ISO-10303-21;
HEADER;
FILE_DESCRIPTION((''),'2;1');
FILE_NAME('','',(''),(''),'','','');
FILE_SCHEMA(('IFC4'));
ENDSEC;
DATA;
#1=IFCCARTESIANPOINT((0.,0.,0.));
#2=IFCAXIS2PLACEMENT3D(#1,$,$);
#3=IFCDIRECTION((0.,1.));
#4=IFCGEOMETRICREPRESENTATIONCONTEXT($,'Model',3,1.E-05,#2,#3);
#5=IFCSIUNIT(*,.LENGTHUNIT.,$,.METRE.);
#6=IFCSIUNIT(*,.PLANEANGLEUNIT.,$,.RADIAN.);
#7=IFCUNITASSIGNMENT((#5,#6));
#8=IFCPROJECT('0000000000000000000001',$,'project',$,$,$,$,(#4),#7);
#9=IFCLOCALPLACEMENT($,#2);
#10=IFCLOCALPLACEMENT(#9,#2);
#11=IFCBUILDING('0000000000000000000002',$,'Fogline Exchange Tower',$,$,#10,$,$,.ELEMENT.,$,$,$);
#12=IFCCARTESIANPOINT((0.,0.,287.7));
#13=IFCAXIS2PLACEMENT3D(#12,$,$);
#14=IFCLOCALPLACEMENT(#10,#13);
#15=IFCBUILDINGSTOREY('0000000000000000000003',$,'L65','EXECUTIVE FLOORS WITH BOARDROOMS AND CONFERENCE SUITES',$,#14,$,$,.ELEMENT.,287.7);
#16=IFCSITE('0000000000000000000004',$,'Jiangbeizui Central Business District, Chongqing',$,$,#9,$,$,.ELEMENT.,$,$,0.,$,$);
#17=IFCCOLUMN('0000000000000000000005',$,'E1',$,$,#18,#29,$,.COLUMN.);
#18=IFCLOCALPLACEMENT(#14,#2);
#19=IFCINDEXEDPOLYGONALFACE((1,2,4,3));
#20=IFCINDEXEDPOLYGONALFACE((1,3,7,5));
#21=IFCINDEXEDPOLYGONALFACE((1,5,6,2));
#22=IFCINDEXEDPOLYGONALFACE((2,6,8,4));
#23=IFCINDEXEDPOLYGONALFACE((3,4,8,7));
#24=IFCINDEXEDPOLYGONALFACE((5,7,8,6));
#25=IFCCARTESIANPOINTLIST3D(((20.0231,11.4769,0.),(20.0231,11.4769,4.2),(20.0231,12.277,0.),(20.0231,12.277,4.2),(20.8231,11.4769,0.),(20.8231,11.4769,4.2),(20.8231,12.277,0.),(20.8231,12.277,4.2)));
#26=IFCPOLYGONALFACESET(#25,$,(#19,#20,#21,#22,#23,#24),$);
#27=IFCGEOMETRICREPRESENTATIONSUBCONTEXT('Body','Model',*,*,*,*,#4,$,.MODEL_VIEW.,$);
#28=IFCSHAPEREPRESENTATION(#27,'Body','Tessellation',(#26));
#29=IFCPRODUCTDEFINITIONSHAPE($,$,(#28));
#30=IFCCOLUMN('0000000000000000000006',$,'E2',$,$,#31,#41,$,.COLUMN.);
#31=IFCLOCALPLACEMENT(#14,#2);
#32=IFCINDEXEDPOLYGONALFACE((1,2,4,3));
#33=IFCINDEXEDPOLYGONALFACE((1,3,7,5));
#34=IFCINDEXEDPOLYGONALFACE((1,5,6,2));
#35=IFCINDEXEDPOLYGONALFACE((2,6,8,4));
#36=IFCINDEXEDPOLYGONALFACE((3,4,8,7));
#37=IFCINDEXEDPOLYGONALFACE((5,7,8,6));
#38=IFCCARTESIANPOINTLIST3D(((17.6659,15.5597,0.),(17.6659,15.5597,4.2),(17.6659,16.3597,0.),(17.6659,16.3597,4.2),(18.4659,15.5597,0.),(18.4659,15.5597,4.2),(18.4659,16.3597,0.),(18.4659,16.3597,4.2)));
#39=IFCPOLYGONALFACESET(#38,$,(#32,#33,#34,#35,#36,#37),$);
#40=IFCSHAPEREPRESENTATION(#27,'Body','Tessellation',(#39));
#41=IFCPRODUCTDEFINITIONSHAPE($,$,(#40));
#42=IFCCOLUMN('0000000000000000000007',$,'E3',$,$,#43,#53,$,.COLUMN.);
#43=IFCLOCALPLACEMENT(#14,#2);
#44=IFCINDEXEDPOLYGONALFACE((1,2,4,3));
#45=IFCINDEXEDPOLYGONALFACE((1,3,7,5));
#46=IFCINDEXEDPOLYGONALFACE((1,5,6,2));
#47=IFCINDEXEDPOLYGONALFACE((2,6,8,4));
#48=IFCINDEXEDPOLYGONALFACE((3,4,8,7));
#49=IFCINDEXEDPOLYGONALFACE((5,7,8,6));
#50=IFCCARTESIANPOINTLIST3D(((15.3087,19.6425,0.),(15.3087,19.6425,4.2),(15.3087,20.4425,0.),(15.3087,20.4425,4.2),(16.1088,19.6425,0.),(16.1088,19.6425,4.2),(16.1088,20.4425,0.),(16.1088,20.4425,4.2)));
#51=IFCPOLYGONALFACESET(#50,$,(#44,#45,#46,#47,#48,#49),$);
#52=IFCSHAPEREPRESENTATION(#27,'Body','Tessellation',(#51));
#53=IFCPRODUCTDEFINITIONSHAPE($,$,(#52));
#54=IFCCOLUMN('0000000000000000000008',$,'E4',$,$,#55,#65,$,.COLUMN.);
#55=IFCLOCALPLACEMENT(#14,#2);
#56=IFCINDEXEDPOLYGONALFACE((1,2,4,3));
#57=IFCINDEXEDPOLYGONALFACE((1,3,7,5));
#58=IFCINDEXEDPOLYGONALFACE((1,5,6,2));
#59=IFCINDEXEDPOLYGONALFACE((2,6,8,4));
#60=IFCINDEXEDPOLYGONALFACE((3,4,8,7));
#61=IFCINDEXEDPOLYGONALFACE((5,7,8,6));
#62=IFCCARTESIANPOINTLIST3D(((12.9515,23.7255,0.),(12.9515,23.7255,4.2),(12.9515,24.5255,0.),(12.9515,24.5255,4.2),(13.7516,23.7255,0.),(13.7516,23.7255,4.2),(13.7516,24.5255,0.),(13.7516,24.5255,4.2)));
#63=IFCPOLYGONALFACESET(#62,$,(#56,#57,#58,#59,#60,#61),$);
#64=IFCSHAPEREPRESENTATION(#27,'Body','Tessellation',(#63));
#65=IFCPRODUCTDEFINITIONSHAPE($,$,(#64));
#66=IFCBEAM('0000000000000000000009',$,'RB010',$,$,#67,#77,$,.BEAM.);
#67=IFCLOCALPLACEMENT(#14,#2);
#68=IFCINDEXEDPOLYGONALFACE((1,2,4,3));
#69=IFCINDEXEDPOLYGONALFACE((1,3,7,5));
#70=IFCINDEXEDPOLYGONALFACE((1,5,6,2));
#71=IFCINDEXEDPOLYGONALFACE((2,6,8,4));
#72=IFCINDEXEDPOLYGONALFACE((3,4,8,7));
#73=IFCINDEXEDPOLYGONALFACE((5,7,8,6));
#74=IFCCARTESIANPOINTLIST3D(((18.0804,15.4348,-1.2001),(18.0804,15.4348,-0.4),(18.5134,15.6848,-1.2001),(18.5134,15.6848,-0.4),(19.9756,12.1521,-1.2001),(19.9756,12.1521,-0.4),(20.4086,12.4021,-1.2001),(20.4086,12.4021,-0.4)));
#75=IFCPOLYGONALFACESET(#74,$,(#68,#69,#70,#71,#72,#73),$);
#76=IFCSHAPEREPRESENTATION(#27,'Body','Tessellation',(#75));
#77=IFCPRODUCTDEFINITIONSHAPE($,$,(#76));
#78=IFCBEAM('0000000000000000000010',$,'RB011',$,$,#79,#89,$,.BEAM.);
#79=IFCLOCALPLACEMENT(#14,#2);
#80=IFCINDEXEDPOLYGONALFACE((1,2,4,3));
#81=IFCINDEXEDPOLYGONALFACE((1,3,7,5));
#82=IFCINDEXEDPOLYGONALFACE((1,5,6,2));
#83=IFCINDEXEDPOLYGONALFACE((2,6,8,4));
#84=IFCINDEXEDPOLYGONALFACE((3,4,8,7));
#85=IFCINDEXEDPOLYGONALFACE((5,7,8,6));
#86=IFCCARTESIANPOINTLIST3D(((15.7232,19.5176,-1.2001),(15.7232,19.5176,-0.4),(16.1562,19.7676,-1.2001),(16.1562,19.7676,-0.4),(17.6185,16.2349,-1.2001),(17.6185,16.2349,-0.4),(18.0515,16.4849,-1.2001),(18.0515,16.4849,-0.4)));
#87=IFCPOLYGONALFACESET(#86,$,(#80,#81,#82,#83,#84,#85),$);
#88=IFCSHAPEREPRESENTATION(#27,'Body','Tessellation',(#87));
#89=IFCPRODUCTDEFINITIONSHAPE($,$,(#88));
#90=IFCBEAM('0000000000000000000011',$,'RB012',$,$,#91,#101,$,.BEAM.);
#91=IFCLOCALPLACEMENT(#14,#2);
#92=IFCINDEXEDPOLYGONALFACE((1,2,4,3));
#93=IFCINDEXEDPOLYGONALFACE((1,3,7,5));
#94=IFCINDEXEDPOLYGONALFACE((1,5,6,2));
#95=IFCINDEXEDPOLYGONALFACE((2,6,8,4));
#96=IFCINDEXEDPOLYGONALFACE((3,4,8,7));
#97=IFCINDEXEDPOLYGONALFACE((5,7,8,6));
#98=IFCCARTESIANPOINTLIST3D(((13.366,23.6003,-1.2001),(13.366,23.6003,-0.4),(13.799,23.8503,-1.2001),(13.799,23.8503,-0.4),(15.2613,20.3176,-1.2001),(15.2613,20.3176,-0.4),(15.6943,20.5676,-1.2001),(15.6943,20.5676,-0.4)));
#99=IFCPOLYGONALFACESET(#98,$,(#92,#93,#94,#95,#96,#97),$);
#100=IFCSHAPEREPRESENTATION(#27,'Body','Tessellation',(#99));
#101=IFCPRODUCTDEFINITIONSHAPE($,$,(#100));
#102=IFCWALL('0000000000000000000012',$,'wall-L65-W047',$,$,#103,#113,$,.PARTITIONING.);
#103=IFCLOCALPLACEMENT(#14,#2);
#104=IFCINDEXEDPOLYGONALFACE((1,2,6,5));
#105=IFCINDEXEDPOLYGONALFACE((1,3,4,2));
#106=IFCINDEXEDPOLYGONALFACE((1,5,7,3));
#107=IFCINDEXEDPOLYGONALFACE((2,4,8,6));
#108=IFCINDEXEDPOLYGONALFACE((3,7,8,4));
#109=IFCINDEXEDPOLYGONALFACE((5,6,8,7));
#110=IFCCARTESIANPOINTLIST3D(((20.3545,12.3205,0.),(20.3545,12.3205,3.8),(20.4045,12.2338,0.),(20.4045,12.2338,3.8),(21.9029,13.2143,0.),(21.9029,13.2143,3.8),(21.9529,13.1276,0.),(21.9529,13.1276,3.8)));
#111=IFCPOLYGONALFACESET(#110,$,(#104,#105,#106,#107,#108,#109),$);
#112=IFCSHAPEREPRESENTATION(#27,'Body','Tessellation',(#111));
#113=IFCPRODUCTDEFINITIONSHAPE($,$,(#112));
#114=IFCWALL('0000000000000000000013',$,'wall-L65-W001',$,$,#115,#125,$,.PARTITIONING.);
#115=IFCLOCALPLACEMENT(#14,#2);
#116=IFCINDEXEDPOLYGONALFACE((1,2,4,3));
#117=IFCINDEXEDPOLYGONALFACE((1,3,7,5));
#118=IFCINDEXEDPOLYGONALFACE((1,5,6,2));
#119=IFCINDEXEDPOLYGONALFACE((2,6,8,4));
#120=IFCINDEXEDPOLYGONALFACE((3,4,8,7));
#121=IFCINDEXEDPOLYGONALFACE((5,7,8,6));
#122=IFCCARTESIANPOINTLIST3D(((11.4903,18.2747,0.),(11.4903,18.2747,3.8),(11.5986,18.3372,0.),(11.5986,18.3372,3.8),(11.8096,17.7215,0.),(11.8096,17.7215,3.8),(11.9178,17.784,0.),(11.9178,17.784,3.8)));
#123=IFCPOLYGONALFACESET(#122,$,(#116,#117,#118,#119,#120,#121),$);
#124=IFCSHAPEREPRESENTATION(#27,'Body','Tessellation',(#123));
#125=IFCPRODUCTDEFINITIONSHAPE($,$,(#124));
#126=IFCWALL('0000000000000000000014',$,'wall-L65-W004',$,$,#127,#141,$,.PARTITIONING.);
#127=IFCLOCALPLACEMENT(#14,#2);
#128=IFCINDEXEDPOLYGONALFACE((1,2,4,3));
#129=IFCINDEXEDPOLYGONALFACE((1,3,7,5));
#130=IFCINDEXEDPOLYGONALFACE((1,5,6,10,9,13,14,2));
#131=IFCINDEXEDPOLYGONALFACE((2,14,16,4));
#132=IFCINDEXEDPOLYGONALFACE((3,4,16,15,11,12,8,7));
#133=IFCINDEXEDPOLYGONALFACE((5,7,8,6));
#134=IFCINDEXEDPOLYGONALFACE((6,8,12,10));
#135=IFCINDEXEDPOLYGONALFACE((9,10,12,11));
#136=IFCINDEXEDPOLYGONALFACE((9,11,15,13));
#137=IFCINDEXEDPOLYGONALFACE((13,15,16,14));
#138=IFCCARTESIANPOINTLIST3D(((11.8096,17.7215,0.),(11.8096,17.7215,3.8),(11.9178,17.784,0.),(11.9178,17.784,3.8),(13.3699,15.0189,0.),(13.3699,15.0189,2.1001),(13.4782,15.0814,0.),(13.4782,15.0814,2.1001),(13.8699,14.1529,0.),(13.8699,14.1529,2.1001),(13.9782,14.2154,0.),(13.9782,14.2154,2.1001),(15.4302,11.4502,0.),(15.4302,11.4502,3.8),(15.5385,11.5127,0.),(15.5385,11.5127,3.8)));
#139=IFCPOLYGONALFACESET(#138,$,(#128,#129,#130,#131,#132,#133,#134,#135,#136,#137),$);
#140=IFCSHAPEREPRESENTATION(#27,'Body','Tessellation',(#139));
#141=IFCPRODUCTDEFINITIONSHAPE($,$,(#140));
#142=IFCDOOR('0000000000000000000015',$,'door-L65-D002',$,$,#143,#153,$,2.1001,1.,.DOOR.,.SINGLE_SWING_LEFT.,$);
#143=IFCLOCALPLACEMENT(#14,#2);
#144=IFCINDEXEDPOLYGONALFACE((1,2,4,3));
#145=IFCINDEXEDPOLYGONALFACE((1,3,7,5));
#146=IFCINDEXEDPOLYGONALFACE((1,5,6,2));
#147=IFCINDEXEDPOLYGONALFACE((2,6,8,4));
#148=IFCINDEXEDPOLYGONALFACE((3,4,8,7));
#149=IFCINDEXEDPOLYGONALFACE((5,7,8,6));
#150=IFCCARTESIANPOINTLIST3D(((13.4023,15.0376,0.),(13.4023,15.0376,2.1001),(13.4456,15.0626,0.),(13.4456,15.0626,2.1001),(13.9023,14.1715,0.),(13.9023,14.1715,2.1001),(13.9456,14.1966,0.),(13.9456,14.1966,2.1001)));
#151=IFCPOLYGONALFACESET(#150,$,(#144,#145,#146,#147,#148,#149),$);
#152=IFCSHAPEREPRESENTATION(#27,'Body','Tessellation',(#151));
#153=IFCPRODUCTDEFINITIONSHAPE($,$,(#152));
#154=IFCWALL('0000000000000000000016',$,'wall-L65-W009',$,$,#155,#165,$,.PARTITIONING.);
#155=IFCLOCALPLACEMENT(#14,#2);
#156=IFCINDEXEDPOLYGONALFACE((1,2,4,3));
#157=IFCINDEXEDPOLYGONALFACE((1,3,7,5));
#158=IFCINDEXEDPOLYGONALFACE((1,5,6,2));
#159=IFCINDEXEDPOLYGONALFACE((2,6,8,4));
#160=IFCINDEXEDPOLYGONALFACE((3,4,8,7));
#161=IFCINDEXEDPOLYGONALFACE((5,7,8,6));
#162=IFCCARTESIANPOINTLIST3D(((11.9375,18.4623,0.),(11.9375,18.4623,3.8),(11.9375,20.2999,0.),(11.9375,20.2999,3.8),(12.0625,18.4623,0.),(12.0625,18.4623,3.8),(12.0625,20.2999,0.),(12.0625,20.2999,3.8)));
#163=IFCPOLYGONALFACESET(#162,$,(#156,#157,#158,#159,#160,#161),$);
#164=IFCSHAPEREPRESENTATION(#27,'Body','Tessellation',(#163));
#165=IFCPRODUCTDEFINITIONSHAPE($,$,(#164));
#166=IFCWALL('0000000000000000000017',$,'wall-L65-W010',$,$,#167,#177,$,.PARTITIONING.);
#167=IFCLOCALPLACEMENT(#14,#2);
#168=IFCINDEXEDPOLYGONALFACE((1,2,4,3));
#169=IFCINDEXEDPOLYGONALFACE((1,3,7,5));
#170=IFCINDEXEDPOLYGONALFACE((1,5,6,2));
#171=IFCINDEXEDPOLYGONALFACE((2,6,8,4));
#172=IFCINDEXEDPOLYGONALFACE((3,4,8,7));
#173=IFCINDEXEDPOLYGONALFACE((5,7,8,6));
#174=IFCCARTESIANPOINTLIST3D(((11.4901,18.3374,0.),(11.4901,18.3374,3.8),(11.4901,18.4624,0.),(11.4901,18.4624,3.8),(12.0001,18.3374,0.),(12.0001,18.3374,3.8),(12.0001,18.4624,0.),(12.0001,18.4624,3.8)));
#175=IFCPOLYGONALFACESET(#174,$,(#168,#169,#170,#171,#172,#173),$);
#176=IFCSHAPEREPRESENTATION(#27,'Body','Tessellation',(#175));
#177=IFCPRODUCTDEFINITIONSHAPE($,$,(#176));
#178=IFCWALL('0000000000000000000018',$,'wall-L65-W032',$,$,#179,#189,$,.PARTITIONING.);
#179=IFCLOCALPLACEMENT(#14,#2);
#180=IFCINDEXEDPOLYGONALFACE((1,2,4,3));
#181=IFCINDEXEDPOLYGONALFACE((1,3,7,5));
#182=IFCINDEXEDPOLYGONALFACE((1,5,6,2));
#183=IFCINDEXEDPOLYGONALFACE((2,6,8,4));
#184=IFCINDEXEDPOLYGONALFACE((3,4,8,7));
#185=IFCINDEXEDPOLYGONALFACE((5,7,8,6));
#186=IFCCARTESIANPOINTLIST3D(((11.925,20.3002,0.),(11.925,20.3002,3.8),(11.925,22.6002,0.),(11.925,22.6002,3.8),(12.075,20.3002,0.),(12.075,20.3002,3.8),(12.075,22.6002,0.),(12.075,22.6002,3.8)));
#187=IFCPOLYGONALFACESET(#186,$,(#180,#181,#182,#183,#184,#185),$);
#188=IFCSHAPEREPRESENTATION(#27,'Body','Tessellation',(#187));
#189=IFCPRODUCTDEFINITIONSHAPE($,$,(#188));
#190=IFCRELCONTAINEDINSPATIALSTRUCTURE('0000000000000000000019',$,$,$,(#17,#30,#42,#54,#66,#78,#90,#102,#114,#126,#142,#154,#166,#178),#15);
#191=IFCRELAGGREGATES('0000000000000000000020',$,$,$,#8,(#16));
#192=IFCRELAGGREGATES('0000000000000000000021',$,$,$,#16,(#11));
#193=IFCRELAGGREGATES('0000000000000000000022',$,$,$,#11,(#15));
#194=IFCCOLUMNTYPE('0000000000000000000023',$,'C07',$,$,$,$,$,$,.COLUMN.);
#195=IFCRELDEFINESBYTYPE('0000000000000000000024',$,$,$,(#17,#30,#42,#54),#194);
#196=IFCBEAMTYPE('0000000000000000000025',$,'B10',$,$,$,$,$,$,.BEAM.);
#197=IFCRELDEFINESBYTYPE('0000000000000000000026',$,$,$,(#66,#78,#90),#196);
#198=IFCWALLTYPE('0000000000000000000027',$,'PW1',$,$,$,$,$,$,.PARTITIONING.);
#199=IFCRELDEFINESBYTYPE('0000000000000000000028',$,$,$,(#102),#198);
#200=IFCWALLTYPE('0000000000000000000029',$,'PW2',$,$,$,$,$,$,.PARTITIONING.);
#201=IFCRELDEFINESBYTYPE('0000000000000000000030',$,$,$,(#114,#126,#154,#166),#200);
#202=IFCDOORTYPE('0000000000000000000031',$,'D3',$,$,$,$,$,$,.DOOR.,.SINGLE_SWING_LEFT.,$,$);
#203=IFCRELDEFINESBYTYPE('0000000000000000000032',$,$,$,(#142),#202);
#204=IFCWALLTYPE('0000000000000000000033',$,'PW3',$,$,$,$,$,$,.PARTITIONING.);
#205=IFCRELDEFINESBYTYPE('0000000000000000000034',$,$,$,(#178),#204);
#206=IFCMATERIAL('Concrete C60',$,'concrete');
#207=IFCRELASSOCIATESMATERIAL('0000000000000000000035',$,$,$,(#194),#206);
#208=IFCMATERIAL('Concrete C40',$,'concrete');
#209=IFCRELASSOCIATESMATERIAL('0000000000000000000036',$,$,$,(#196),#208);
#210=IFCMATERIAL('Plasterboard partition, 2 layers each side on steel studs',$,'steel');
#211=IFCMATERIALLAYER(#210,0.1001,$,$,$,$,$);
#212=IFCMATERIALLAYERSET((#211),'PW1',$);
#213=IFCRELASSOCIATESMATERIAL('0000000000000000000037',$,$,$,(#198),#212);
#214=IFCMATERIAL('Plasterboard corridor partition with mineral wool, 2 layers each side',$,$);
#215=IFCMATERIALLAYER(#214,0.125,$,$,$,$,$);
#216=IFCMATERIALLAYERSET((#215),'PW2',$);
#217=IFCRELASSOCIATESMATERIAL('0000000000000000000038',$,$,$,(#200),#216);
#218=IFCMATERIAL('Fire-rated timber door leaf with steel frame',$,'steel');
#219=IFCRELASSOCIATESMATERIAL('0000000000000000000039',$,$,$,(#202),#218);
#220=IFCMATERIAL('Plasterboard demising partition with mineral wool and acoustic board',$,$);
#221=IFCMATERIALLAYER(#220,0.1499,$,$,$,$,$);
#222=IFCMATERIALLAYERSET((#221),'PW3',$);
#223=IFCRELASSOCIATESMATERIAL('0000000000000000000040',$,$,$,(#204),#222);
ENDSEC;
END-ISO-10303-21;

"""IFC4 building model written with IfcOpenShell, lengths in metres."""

from ifc_helpers import new_model, si_unit, direction, frame, frame_2d, origin, origin_2d, place, context, subcontext, project, spatial, rectangle, extrude, material, layer, layer_set, material_profile, profile_set, type_object, element, fill, save


model = new_model("IFC4")

# Units and contexts
model_context = context("Model", 3, precision=1e-05, world=origin(), true_north=direction((0.0, 1.0)))
body_context = subcontext(model_context, "Body", "Model", "MODEL_VIEW")
ifc_project = project(units=[si_unit("LENGTHUNIT", "METRE"), si_unit("PLANEANGLEUNIT", "RADIAN")], contexts=[model_context])

# Site, building, storey
site_placement = place(None, origin())
site = spatial("IfcSite", under=ifc_project, at=site_placement, Name="Jiangbeizui Central Business District, Chongqing", CompositionType="ELEMENT", RefElevation=0.0)
building_placement = place(site_placement, origin())
building = spatial("IfcBuilding", under=site, at=building_placement, Name="Fogline Exchange Tower", CompositionType="ELEMENT")
storey_placement = place(building_placement, frame((0.0, 0.0, 287.7)))
storey = spatial("IfcBuildingStorey", under=building, at=storey_placement, Name="L65", Description="EXECUTIVE FLOORS WITH BOARDROOMS AND CONFERENCE SUITES", CompositionType="ELEMENT", Elevation=287.7)

# Columns
ifc_material_1 = material(Name="Concrete C60", Category="concrete")
ifc_material_profile_1 = material_profile(ifc_material_1, rectangle(XDim=0.8, YDim=0.8, at=origin_2d()), Name="RC 800x800")
ifc_profile_set_1 = profile_set([ifc_material_profile_1], Name="Concrete C60")
column_type = type_object("IfcColumnType", Name="C07", PredefinedType="COLUMN", material=ifc_profile_set_1)
for number, where, z_axis, x_axis, name in (
    (1, (20.4231, 11.877, 0.0), (0.0, 0.0, 1.0), (1.0, 0.0, 0.0), "E1"),
    (2, (18.0659, 15.9597, 0.0), (0.0, 0.0, 1.0), (1.0, 0.0, 0.0), "E2"),
    (3, (15.7087, 20.0425, 0.0), (0.0, 0.0, 1.0), (1.0, 0.0, 0.0), "E3"),
    (4, (13.3516, 24.1255, 0.0), (0.0, 0.0, 1.0), (1.0, 0.0, 0.0), "E4"),
):
    element("IfcColumn", number, at=place(storey_placement, frame(where, z_axis=z_axis, x_axis=x_axis)), inside=storey, type_object=column_type, Name=name, PredefinedType="COLUMN", context=body_context, shape_type="SweptSolid", body=[
        extrude(rectangle(XDim=0.8, YDim=0.8, at=origin_2d()), origin(), (0.0, 0.0, 1.0), 4.2),
    ])

# Beams
ifc_material_2 = material(Name="Concrete C40", Category="concrete")
ifc_material_profile_2 = material_profile(ifc_material_2, rectangle(XDim=0.5, YDim=0.8, at=origin_2d()), Name="RC 500x800")
ifc_profile_set_2 = profile_set([ifc_material_profile_2], Name="Concrete C40")
beam_type = type_object("IfcBeamType", Name="B10", PredefinedType="BEAM", material=ifc_profile_set_2)
for number, where, z_axis, x_axis, name in (
    (5, (20.1921, 12.2771, -0.8), (-0.499998, 0.866027, 0.0), (-0.866027, -0.499998, 0.0), "RB010"),
    (6, (17.835, 16.3599, -0.8), (-0.499998, 0.866027, 0.0), (-0.866027, -0.499998, 0.0), "RB011"),
    (7, (15.4778, 20.4426, -0.8), (-0.499998, 0.866027, 0.0), (-0.866027, -0.499998, 0.0), "RB012"),
):
    element("IfcBeam", number, at=place(storey_placement, frame(where, z_axis=z_axis, x_axis=x_axis)), inside=storey, type_object=beam_type, Name=name, PredefinedType="BEAM", context=body_context, shape_type="SweptSolid", body=[
        extrude(rectangle(XDim=0.5, YDim=0.8, at=origin_2d()), origin(), (0.0, 0.0, 1.0), 3.7905),
    ])

# Walls
ifc_material_3 = material(Name="Plasterboard partition, 2 layers each side on steel studs", Category="steel")
ifc_layer_1 = layer(ifc_material_3, 0.1001)
ifc_layer_set_1 = layer_set([ifc_layer_1], Name="PW1")
wall_type_1 = type_object("IfcWallType", Name="PW1", PredefinedType="PARTITIONING", material=ifc_layer_set_1)
wall_1_placement = place(storey_placement, frame((20.3794, 12.2771, 0.0), z_axis=(0.0, 0.0, 1.0), x_axis=(0.866058, 0.499943, 0.0)))
element("IfcWall", 8, at=wall_1_placement, inside=storey, type_object=wall_type_1, Name="wall-L65-W047", PredefinedType="PARTITIONING", context=body_context, shape_type="SweptSolid", body=[
    extrude(rectangle(XDim=1.7878, YDim=0.1001, at=frame_2d((0.894, 0.0))), origin(), (0.0, 0.0, 1.0), 3.8),
])
ifc_material_4 = material(Name="Plasterboard corridor partition with mineral wool, 2 layers each side")
ifc_layer_2 = layer(ifc_material_4, 0.125)
ifc_layer_set_2 = layer_set([ifc_layer_2], Name="PW2")
wall_type_2 = type_object("IfcWallType", Name="PW2", PredefinedType="PARTITIONING", material=ifc_layer_set_2)
wall_2_placement = place(storey_placement, frame((11.5444, 18.3059, 0.0), z_axis=(0.0, 0.0, 1.0), x_axis=(0.499921, -0.866071, 0.0)))
element("IfcWall", 9, at=wall_2_placement, inside=storey, type_object=wall_type_2, Name="wall-L65-W001", PredefinedType="PARTITIONING", context=body_context, shape_type="SweptSolid", body=[
    extrude(rectangle(XDim=0.6387, YDim=0.125, at=frame_2d((0.3193, 0.0))), origin(), (0.0, 0.0, 1.0), 3.8),
])

# Wall, opening, door
wall_3_placement = place(storey_placement, frame((11.8638, 17.7527, 0.0), z_axis=(0.0, 0.0, 1.0), x_axis=(0.49999, -0.866031, 0.0)))
wall_3 = element("IfcWall", 10, at=wall_3_placement, inside=storey, type_object=wall_type_2, Name="wall-L65-W004", PredefinedType="PARTITIONING", context=body_context, shape_type="SweptSolid", body=[
    extrude(rectangle(XDim=7.2415, YDim=0.125, at=frame_2d((3.6206, 0.0))), origin(), (0.0, 0.0, 1.0), 3.8),
])
opening_placement = place(wall_3_placement, frame((3.1206, 0.0, 0.0)))
opening = element("IfcOpeningElement", 11, at=opening_placement, cuts=wall_3, PredefinedType="OPENING", context=body_context, shape_type="SweptSolid", body=[
    extrude(rectangle(XDim=1.0, YDim=2.1001, at=frame_2d((0.5, 1.05))), frame((0.0, 0.0725, 0.0), z_axis=(0.0, -1.0, 0.0), x_axis=(1.0, 0.0, 0.0)), (0.0, 0.0, 1.0), 0.145),
])
ifc_material_5 = material(Name="Fire-rated timber door leaf with steel frame", Category="steel")
door_type = type_object("IfcDoorType", Name="D3", OperationType="SINGLE_SWING_LEFT", PredefinedType="DOOR", material=ifc_material_5)
door_placement = place(opening_placement, origin())
door = element("IfcDoor", 12, at=door_placement, inside=storey, type_object=door_type, Name="door-L65-D002", OperationType="SINGLE_SWING_LEFT", OverallHeight=2.1001, OverallWidth=1.0, PredefinedType="DOOR", context=body_context, shape_type="SweptSolid", body=[
    extrude(rectangle(XDim=1.0, YDim=2.1001, at=frame_2d((0.5, 1.05))), frame((0.0, 0.0249, 0.0), z_axis=(0.0, -1.0, 0.0), x_axis=(1.0, 0.0, 0.0)), (0.0, 0.0, 1.0), 0.05),
])
fill(opening, door)

# Walls
wall_4_placement = place(storey_placement, frame((12.0, 20.3, 0.0), z_axis=(0.0, 0.0, 1.0), x_axis=(0.0, -1.0, 0.0)))
element("IfcWall", 13, at=wall_4_placement, inside=storey, type_object=wall_type_2, Name="wall-L65-W009", PredefinedType="PARTITIONING", context=body_context, shape_type="SweptSolid", body=[
    extrude(rectangle(XDim=1.8376, YDim=0.125, at=frame_2d((0.9189, 0.0))), origin(), (0.0, 0.0, 1.0), 3.8),
])
wall_5_placement = place(storey_placement, frame((12.0, 18.3999, 0.0), z_axis=(0.0, 0.0, 1.0), x_axis=(-1.0, 0.0, 0.0)))
element("IfcWall", 14, at=wall_5_placement, inside=storey, type_object=wall_type_2, Name="wall-L65-W010", PredefinedType="PARTITIONING", context=body_context, shape_type="SweptSolid", body=[
    extrude(rectangle(XDim=0.51, YDim=0.125, at=frame_2d((0.2549, 0.0))), origin(), (0.0, 0.0, 1.0), 3.8),
])
ifc_material_6 = material(Name="Plasterboard demising partition with mineral wool and acoustic board")
ifc_layer_3 = layer(ifc_material_6, 0.1499)
ifc_layer_set_3 = layer_set([ifc_layer_3], Name="PW3")
wall_type_3 = type_object("IfcWallType", Name="PW3", PredefinedType="PARTITIONING", material=ifc_layer_set_3)
wall_6_placement = place(storey_placement, frame((12.0, 22.6001, 0.0), z_axis=(0.0, 0.0, 1.0), x_axis=(0.0, -1.0, 0.0)))
element("IfcWall", 15, at=wall_6_placement, inside=storey, type_object=wall_type_3, Name="wall-L65-W032", PredefinedType="PARTITIONING", context=body_context, shape_type="SweptSolid", body=[
    extrude(rectangle(XDim=2.3, YDim=0.1499, at=frame_2d((1.1499, 0.0))), origin(), (0.0, 0.0, 1.0), 3.8),
])

save(model, "model.ifc")
